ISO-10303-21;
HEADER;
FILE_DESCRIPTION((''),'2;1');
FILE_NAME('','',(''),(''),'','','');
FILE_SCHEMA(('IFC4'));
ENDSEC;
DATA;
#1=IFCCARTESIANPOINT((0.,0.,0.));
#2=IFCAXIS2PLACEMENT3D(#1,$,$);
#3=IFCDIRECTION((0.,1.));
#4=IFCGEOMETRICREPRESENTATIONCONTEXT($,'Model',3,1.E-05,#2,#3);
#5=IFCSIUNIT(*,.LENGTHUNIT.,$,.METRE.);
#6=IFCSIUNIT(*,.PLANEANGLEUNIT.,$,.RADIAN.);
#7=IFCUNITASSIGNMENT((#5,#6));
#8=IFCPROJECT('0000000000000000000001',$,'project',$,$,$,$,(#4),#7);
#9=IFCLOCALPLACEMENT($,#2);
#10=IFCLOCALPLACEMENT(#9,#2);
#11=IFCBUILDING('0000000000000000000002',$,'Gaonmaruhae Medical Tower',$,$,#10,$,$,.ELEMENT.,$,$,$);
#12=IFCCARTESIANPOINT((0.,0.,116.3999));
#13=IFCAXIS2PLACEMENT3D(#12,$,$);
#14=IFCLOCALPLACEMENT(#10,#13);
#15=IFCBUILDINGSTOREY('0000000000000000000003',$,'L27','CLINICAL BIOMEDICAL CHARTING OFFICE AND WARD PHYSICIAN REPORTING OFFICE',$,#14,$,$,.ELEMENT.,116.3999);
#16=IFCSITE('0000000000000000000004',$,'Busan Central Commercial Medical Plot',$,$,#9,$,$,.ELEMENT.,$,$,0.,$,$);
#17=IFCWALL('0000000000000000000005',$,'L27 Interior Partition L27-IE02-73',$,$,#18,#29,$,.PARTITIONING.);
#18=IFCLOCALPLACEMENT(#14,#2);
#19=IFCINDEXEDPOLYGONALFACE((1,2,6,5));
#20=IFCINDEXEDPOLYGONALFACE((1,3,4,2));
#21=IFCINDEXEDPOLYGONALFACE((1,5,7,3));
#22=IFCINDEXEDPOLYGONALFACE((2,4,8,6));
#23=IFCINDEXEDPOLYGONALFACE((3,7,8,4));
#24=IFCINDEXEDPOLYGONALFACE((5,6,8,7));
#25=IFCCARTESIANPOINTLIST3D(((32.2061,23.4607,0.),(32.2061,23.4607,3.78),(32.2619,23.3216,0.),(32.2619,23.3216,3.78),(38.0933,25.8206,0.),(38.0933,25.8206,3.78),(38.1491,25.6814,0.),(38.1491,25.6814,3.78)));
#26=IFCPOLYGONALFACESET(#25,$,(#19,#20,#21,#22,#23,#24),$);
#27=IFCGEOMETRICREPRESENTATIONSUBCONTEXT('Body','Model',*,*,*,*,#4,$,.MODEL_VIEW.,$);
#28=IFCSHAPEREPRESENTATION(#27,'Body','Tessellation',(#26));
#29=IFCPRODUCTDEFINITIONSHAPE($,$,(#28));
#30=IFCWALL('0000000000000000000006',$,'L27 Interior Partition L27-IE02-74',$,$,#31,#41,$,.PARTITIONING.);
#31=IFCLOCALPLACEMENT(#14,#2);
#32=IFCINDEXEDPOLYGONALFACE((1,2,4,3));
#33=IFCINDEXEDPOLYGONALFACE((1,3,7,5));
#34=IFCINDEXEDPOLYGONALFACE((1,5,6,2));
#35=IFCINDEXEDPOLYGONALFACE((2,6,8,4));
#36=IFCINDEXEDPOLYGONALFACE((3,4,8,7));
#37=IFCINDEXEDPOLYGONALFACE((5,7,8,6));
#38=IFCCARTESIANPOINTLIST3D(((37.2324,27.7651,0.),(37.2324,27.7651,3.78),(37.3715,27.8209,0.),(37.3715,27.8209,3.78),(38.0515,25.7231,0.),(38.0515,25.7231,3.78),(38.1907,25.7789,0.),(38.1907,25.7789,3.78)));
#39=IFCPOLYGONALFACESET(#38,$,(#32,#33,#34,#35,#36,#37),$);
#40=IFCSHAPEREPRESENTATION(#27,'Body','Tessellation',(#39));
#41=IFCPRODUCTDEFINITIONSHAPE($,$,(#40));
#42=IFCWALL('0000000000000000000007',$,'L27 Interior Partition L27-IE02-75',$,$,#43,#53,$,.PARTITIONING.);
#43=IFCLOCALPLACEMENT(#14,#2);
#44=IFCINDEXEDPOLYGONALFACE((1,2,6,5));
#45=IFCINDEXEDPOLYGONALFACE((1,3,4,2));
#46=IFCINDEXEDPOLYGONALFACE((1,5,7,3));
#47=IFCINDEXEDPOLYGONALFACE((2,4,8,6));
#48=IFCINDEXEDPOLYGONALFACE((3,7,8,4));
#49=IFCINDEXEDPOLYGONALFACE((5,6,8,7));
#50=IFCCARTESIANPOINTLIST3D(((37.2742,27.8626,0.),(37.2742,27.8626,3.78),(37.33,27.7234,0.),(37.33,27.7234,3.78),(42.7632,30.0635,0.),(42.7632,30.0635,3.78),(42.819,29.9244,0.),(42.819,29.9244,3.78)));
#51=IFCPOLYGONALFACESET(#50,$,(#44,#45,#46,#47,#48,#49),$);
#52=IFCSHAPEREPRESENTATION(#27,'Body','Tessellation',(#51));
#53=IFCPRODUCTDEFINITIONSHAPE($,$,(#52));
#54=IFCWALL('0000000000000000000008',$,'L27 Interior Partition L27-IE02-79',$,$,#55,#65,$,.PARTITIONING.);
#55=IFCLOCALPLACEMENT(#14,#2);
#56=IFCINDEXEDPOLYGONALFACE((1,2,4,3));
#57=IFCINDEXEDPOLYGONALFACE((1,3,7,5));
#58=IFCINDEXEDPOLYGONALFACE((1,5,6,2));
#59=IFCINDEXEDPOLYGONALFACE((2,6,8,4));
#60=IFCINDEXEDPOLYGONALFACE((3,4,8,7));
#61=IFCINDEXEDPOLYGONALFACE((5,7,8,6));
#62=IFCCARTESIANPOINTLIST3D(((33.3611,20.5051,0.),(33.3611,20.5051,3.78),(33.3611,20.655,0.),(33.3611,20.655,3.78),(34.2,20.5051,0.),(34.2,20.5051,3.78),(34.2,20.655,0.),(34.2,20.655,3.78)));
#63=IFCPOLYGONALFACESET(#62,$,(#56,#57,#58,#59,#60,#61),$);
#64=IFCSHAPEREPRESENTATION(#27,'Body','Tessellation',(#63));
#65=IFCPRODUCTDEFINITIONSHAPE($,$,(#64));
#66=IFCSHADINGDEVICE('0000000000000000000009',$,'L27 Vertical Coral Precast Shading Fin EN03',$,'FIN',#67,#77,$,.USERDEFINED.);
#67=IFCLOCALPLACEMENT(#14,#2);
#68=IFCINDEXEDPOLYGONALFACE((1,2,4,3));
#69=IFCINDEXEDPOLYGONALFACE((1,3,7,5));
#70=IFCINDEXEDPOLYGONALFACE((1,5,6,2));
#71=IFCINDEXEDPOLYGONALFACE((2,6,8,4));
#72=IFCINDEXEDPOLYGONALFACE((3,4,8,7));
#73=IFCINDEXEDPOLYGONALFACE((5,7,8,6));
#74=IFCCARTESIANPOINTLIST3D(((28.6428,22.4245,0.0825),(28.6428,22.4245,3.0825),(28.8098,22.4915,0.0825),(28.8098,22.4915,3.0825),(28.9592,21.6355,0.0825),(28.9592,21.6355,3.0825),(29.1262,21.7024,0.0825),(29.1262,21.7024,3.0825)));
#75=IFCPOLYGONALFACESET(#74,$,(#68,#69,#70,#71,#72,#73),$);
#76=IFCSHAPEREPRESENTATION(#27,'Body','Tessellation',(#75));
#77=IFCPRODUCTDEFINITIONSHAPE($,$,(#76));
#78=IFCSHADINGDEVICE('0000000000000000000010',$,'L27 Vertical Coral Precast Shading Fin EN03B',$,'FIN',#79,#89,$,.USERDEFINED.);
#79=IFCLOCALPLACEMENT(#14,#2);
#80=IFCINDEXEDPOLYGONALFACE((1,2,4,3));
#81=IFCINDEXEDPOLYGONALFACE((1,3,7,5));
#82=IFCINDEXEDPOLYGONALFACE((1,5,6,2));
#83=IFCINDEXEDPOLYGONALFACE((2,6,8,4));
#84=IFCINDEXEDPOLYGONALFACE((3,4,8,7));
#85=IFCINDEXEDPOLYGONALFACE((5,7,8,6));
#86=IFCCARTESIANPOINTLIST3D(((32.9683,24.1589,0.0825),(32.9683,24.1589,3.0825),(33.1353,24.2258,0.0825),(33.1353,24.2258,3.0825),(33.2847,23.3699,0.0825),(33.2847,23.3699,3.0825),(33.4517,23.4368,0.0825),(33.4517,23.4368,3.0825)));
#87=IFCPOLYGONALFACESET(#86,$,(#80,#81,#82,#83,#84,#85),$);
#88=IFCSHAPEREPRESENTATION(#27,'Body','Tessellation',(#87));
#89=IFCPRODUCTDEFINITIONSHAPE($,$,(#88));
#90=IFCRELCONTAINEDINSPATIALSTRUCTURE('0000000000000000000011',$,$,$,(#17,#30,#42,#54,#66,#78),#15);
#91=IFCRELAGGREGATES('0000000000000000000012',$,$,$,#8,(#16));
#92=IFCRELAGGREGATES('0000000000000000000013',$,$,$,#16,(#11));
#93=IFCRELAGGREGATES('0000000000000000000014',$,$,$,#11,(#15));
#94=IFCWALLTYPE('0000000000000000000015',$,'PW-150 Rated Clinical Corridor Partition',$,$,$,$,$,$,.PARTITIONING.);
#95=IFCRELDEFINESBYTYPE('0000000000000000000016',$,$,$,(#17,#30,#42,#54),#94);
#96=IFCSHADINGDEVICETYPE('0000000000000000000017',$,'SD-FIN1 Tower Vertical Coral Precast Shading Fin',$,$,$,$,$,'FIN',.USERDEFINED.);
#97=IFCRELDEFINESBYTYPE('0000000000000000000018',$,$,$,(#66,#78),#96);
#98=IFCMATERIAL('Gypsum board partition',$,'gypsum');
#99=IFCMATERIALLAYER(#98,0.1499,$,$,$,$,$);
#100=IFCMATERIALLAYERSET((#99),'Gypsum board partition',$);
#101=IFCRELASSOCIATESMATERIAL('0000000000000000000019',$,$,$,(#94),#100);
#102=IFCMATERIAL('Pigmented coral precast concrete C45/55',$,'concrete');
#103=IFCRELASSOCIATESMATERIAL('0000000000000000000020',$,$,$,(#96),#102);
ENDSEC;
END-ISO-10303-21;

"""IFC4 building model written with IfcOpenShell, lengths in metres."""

from ifc_helpers import new_model, si_unit, direction, frame, frame_2d, origin, origin_2d, place, context, subcontext, project, spatial, rectangle, extrude, material, layer, layer_set, type_object, element, save


model = new_model("IFC4")

# Units and contexts
model_context = context("Model", 3, precision=1e-05, world=origin(), true_north=direction((0.0, 1.0)))
body_context = subcontext(model_context, "Body", "Model", "MODEL_VIEW")
ifc_project = project(units=[si_unit("LENGTHUNIT", "METRE"), si_unit("PLANEANGLEUNIT", "RADIAN")], contexts=[model_context])

# Site, building, storey
site_placement = place(None, origin())
site = spatial("IfcSite", under=ifc_project, at=site_placement, Name="Busan Central Commercial Medical Plot", CompositionType="ELEMENT", RefElevation=0.0)
building_placement = place(site_placement, origin())
building = spatial("IfcBuilding", under=site, at=building_placement, Name="Gaonmaruhae Medical Tower", CompositionType="ELEMENT")
storey_placement = place(building_placement, frame((0.0, 0.0, 116.3999)))
storey = spatial("IfcBuildingStorey", under=building, at=storey_placement, Name="L27", Description="CLINICAL BIOMEDICAL CHARTING OFFICE AND WARD PHYSICIAN REPORTING OFFICE", CompositionType="ELEMENT", Elevation=116.3999)

# Shared definitions
ifc_material_1 = material(Name="Gypsum board partition", Category="gypsum")
ifc_layer_1 = layer(ifc_material_1, 0.1499)
ifc_layer_set_1 = layer_set([ifc_layer_1], Name="Gypsum board partition")
wall_type_1 = type_object("IfcWallType", Name="PW-150 Rated Clinical Corridor Partition", PredefinedType="PARTITIONING", material=ifc_layer_set_1)

# Walls
wall_1_placement = place(storey_placement, frame((32.2339, 23.3911, 0.0), z_axis=(0.0, 0.0, 1.0), x_axis=(0.928206, 0.372068, 0.0)))
element("IfcWall", 1, at=wall_1_placement, inside=storey, type_object=wall_type_1, Name="L27 Interior Partition L27-IE02-73", PredefinedType="PARTITIONING", context=body_context, shape_type="SweptSolid", body=[
    extrude(rectangle(XDim=6.3425, YDim=0.1499, at=frame_2d((3.1714, 0.0))), origin(), (0.0, 0.0, 1.0), 3.78),
])
wall_2_placement = place(storey_placement, frame((38.1211, 25.751, 0.0), z_axis=(0.0, 0.0, 1.0), x_axis=(-0.37229, 0.928117, 0.0)))
element("IfcWall", 2, at=wall_2_placement, inside=storey, type_object=wall_type_1, Name="L27 Interior Partition L27-IE02-74", PredefinedType="PARTITIONING", context=body_context, shape_type="SweptSolid", body=[
    extrude(rectangle(XDim=2.2002, YDim=0.1499, at=frame_2d((1.1001, 0.0))), origin(), (0.0, 0.0, 1.0), 3.78),
])
wall_3_placement = place(storey_placement, frame((37.302, 27.793, 0.0), z_axis=(0.0, 0.0, 1.0), x_axis=(0.928166, 0.372166, 0.0)))
element("IfcWall", 3, at=wall_3_placement, inside=storey, type_object=wall_type_1, Name="L27 Interior Partition L27-IE02-75", PredefinedType="PARTITIONING", context=body_context, shape_type="SweptSolid", body=[
    extrude(rectangle(XDim=5.9138, YDim=0.1499, at=frame_2d((2.957, 0.0))), origin(), (0.0, 0.0, 1.0), 3.78),
])
wall_4_placement = place(storey_placement, frame((34.2, 20.5801, 0.0), z_axis=(0.0, 0.0, 1.0), x_axis=(-1.0, 0.0, 0.0)))
element("IfcWall", 4, at=wall_4_placement, inside=storey, type_object=wall_type_1, Name="L27 Interior Partition L27-IE02-79", PredefinedType="PARTITIONING", context=body_context, shape_type="SweptSolid", body=[
    extrude(rectangle(XDim=0.8389, YDim=0.1499, at=frame_2d((0.4194, 0.0))), origin(), (0.0, 0.0, 1.0), 3.78),
])

# Shading devices
ifc_material_2 = material(Name="Pigmented coral precast concrete C45/55", Category="concrete")
shading_device_type = type_object("IfcShadingDeviceType", Name="SD-FIN1 Tower Vertical Coral Precast Shading Fin", ElementType="FIN", PredefinedType="USERDEFINED", material=ifc_material_2)
for number, where, z_axis, x_axis, name in (
    (5, (28.8845, 22.0635, 0.0825), (0.0, 0.0, 1.0), (0.928161, 0.372178, 0.0), "L27 Vertical Coral Precast Shading Fin EN03"),
    (6, (33.21, 23.7979, 0.0825), (0.0, 0.0, 1.0), (0.928161, 0.372178, 0.0), "L27 Vertical Coral Precast Shading Fin EN03B"),
):
    element("IfcShadingDevice", number, at=place(storey_placement, frame(where, z_axis=z_axis, x_axis=x_axis)), inside=storey, type_object=shading_device_type, Name=name, ObjectType="FIN", PredefinedType="USERDEFINED", context=body_context, shape_type="SweptSolid", body=[
        extrude(rectangle(XDim=0.1799, YDim=0.8501, at=origin_2d()), origin(), (0.0, 0.0, 1.0), 3.0),
    ])

save(model, "model.ifc")
